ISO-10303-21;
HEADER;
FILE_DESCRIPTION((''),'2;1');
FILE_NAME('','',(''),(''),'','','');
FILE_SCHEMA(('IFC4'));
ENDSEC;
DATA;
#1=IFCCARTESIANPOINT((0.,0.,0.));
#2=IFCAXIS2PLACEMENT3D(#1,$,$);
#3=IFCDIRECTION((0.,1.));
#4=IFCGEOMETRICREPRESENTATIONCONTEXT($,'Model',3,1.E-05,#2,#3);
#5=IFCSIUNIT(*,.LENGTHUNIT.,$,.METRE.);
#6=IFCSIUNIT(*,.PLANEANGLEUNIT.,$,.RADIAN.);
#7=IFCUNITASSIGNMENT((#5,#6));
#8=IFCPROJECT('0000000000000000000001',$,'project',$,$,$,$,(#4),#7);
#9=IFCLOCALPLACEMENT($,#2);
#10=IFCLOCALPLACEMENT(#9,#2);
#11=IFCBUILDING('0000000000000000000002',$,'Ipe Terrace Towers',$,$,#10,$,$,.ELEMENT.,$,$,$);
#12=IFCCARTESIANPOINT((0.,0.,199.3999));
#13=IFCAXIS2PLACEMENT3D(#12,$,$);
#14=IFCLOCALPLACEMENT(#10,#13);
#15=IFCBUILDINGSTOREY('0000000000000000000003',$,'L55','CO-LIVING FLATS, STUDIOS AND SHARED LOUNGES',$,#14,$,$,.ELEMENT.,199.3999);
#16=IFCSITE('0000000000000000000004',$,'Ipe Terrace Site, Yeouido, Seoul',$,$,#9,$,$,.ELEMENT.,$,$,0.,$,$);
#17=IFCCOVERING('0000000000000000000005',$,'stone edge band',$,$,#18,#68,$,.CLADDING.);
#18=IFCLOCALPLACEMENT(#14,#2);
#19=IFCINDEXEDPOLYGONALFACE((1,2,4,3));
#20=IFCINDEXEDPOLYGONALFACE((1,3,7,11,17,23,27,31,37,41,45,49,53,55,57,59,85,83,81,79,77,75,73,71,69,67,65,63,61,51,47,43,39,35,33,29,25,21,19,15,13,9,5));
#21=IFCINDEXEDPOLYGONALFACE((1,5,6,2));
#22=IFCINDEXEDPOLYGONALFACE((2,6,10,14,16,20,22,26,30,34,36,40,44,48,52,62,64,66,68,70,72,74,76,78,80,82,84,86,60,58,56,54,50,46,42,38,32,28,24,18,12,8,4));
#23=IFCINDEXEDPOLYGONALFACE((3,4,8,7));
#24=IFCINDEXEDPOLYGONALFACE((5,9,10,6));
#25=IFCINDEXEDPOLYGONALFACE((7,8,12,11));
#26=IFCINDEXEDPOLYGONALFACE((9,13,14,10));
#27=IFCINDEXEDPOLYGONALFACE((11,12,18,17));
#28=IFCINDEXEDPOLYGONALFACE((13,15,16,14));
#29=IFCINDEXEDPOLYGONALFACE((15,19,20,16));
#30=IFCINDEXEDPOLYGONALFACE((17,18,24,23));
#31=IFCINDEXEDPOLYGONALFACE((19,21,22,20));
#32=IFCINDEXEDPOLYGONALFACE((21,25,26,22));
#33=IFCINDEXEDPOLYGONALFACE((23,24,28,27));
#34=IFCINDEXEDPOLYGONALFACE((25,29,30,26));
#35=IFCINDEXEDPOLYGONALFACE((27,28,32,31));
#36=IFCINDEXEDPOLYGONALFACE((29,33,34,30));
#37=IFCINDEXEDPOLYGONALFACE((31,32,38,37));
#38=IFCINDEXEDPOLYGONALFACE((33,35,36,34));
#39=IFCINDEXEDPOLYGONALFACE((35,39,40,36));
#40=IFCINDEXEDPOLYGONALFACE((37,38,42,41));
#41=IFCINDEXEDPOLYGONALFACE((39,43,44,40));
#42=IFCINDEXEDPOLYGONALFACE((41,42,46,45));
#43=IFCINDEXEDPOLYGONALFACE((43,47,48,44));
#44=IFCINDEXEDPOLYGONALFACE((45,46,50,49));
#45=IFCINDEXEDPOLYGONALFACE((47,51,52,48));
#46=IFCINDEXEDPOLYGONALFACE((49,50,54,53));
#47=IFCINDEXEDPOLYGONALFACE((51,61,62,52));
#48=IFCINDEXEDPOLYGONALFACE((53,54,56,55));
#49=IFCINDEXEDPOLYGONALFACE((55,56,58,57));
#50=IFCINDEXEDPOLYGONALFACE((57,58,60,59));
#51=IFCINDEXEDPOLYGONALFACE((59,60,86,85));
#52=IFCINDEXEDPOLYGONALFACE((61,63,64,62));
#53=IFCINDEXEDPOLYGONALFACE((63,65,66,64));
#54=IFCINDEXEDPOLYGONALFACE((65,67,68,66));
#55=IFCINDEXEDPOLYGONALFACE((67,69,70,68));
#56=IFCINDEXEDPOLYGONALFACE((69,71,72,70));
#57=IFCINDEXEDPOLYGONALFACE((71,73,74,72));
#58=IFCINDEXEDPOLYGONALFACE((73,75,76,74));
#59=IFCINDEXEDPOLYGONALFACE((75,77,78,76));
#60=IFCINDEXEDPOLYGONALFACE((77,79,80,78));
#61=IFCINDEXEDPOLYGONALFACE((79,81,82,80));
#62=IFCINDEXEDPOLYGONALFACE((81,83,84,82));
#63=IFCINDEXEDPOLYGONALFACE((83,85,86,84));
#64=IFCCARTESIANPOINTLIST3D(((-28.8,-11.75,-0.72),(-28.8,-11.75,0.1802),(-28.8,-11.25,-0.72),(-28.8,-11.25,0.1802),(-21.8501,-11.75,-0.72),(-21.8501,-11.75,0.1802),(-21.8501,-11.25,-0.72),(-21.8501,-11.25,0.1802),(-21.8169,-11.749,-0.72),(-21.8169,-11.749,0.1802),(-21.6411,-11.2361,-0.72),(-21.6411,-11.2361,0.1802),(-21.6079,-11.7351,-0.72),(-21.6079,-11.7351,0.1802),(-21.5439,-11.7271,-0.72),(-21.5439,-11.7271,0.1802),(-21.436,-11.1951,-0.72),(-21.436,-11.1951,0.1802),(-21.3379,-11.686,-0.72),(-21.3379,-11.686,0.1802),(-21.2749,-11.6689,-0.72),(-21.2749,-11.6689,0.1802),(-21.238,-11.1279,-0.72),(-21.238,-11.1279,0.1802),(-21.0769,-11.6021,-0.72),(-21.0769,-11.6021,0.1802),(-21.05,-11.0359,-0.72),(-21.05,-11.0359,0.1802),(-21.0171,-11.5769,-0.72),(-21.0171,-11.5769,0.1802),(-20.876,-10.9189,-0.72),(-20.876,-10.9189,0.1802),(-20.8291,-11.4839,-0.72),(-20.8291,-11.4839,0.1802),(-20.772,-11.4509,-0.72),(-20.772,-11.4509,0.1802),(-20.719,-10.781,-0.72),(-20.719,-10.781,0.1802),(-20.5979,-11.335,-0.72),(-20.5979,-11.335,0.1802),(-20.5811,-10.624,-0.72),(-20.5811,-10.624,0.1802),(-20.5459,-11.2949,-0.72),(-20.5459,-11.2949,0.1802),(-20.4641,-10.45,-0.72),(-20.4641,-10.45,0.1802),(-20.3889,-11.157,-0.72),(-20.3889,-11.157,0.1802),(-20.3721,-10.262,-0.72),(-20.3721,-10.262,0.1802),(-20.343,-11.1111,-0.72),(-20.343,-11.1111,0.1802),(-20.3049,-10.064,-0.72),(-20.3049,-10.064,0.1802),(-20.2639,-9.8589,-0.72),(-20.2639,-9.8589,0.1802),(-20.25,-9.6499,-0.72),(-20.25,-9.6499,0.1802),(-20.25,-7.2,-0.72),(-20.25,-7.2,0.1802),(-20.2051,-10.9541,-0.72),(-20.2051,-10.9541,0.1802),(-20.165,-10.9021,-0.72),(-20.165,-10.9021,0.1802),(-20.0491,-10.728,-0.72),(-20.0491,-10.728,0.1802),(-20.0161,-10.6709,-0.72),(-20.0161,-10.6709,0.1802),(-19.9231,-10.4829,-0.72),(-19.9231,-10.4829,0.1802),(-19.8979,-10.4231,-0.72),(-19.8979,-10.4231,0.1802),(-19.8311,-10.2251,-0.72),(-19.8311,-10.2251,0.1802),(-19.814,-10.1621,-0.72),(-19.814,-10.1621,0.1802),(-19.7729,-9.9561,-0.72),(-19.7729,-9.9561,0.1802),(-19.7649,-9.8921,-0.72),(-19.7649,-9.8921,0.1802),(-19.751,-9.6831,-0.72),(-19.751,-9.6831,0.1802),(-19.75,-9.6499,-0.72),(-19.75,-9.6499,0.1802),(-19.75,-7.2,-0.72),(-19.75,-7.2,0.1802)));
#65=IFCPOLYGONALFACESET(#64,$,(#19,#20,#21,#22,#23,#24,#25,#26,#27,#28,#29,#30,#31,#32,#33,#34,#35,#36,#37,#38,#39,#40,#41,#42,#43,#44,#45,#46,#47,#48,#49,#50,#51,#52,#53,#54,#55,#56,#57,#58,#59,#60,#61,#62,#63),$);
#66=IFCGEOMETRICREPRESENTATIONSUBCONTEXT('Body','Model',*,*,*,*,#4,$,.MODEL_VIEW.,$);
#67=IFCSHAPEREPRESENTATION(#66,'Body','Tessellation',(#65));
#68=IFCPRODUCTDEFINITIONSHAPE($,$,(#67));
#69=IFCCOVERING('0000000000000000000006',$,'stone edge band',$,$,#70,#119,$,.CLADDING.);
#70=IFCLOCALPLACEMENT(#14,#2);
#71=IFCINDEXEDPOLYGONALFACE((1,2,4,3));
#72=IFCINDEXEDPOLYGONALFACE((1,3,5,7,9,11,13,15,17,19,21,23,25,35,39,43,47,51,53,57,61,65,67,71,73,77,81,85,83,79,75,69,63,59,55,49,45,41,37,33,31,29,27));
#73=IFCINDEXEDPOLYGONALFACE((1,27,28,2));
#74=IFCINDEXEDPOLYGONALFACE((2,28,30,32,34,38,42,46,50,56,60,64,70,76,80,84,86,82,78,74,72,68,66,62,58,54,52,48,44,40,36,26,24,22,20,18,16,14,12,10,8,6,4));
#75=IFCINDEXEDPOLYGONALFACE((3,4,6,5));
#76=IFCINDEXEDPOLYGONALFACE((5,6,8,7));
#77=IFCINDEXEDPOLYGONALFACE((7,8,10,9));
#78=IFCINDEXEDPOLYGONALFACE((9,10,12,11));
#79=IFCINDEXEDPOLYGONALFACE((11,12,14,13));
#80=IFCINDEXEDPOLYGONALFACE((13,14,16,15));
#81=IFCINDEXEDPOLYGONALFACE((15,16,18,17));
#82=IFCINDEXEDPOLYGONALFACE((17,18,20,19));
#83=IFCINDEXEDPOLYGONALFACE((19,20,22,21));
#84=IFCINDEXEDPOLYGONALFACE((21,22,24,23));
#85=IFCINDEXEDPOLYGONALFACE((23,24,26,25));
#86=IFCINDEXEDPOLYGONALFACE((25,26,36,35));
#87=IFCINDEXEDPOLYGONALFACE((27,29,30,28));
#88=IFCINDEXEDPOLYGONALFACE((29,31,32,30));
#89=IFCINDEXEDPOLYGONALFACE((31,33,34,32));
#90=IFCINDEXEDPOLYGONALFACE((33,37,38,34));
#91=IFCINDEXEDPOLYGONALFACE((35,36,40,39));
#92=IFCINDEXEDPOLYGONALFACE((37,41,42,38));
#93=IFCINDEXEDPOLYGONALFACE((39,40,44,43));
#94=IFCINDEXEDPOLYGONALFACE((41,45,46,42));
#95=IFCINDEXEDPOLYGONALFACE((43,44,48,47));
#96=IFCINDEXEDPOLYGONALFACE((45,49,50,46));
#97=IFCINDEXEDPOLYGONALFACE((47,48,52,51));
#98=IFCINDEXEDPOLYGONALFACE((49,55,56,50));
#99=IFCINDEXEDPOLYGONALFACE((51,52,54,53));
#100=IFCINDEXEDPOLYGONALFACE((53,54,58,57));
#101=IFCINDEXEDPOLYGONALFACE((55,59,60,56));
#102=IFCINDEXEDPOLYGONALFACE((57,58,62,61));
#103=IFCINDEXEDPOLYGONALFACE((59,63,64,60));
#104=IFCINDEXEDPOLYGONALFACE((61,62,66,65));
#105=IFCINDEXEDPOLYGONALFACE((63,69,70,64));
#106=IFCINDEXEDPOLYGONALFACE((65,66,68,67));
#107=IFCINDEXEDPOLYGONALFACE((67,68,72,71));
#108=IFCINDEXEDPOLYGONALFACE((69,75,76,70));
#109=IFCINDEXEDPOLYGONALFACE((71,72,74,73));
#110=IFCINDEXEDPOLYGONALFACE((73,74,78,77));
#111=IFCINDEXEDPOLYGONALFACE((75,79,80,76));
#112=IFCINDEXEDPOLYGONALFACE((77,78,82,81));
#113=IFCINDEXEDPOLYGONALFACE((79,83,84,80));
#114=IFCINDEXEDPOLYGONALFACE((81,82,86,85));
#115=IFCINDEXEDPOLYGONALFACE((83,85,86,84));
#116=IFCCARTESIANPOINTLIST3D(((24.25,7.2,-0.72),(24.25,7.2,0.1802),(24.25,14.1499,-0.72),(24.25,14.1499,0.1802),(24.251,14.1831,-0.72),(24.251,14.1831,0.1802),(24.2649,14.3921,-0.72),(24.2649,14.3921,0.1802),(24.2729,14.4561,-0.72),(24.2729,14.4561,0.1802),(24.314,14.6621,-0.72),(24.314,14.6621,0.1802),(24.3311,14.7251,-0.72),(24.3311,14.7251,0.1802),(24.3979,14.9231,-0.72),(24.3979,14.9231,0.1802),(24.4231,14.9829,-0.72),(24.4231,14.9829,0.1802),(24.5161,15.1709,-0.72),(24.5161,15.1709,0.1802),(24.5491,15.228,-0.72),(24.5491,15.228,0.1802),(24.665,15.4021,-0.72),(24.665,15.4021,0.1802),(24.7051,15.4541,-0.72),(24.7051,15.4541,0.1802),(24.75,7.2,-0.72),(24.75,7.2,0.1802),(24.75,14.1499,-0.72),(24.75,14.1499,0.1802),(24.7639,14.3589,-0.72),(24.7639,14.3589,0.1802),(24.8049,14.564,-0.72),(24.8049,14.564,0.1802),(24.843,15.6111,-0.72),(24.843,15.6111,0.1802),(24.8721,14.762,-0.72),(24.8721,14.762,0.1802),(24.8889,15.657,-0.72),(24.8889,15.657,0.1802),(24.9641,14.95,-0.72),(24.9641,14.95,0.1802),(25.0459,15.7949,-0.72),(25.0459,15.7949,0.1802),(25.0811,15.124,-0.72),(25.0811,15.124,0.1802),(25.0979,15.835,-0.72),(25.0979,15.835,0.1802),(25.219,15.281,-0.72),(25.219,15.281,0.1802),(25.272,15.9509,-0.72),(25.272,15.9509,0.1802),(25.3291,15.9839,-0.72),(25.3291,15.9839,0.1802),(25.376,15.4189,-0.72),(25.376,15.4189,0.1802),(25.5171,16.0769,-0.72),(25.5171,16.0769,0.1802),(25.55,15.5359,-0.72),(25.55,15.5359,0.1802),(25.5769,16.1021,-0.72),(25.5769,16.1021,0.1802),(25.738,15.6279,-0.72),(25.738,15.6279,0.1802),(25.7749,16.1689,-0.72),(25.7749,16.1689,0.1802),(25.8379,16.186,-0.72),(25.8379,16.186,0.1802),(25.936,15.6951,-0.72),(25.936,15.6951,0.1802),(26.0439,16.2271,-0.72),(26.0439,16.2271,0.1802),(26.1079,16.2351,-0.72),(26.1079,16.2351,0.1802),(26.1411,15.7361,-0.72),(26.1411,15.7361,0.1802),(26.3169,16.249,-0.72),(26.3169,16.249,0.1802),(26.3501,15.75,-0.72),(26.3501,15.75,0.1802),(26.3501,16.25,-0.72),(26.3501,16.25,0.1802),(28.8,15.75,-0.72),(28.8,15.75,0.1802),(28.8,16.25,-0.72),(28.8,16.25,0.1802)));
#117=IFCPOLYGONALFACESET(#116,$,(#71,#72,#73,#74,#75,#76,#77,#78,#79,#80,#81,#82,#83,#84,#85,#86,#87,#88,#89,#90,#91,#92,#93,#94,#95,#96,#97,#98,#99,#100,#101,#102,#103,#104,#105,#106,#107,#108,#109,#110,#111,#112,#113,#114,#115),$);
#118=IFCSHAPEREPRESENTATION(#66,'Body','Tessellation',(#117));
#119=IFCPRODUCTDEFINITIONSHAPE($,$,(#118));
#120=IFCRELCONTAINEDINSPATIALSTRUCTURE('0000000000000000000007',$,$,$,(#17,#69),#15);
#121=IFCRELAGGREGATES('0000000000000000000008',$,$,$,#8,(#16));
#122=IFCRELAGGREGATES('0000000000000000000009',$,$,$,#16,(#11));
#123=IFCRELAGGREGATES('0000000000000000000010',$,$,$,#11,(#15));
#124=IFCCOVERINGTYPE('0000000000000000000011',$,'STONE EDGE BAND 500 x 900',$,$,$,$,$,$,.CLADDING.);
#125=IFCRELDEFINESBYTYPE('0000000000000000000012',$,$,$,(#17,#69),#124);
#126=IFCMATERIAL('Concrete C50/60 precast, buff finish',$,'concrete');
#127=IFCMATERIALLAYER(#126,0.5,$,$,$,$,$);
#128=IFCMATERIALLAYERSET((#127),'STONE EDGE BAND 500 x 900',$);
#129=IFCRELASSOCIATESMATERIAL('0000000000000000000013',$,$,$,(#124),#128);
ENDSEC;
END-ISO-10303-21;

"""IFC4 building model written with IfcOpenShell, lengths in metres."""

from ifc_helpers import new_model, si_unit, direction, frame, origin, place, context, subcontext, project, spatial, polyline, outline, extrude, material, layer, layer_set, type_object, element, save


model = new_model("IFC4")

# Units and contexts
model_context = context("Model", 3, precision=1e-05, world=origin(), true_north=direction((0.0, 1.0)))
body_context = subcontext(model_context, "Body", "Model", "MODEL_VIEW")
ifc_project = project(units=[si_unit("LENGTHUNIT", "METRE"), si_unit("PLANEANGLEUNIT", "RADIAN")], contexts=[model_context])

# Site, building, storey
site_placement = place(None, origin())
site = spatial("IfcSite", under=ifc_project, at=site_placement, Name="Ipe Terrace Site, Yeouido, Seoul", CompositionType="ELEMENT", RefElevation=0.0)
building_placement = place(site_placement, origin())
building = spatial("IfcBuilding", under=site, at=building_placement, Name="Ipe Terrace Towers", CompositionType="ELEMENT")
storey_placement = place(building_placement, frame((0.0, 0.0, 199.3999)))
storey = spatial("IfcBuildingStorey", under=building, at=storey_placement, Name="L55", Description="CO-LIVING FLATS, STUDIOS AND SHARED LOUNGES", CompositionType="ELEMENT", Elevation=199.3999)

# Coverings
ifc_material_1 = material(Name="Concrete C50/60 precast, buff finish", Category="concrete")
ifc_layer_1 = layer(ifc_material_1, 0.5)
ifc_layer_set_1 = layer_set([ifc_layer_1], Name="STONE EDGE BAND 500 x 900")
covering_type = type_object("IfcCoveringType", Name="STONE EDGE BAND 500 x 900", PredefinedType="CLADDING", material=ifc_layer_set_1)
covering_1_placement = place(storey_placement, frame((0.0, 0.0, -0.72)))
element("IfcCovering", 1, at=covering_1_placement, inside=storey, type_object=covering_type, Name="stone edge band", PredefinedType="CLADDING", context=body_context, shape_type="SweptSolid", body=[
    extrude(outline(polyline([(-21.8501, -11.75), (-21.8169, -11.749), (-21.6079, -11.7351), (-21.5439, -11.7271), (-21.3379, -11.686), (-21.2749, -11.6689), (-21.0769, -11.6021), (-21.0171, -11.5769), (-20.8291, -11.4839), (-20.772, -11.4509), (-20.5979, -11.335), (-20.5459, -11.2949), (-20.3889, -11.157), (-20.343, -11.1111), (-20.2051, -10.9541), (-20.165, -10.9021), (-20.0491, -10.728), (-20.0161, -10.6709), (-19.9231, -10.4829), (-19.8979, -10.4231), (-19.8311, -10.2251), (-19.814, -10.1621), (-19.7729, -9.9561), (-19.7649, -9.8921), (-19.751, -9.6831), (-19.75, -9.6499), (-19.75, -7.2), (-20.25, -7.2), (-20.25, -9.6499), (-20.2639, -9.8589), (-20.3049, -10.064), (-20.3721, -10.262), (-20.4641, -10.45), (-20.5811, -10.624), (-20.719, -10.781), (-20.876, -10.9189), (-21.05, -11.0359), (-21.238, -11.1279), (-21.436, -11.1951), (-21.6411, -11.2361), (-21.8501, -11.25), (-28.8, -11.25), (-28.8, -11.75), (-21.8501, -11.75)])), origin(), (0.0, 0.0, 1.0), 0.9001),
])
covering_2_placement = place(storey_placement, frame((0.0, 0.0, -0.72)))
element("IfcCovering", 2, at=covering_2_placement, inside=storey, type_object=covering_type, Name="stone edge band", PredefinedType="CLADDING", context=body_context, shape_type="SweptSolid", body=[
    extrude(outline(polyline([(24.25, 14.1499), (24.25, 7.2), (24.75, 7.2), (24.75, 14.1499), (24.7639, 14.3589), (24.8049, 14.564), (24.8721, 14.762), (24.9641, 14.95), (25.0811, 15.124), (25.219, 15.281), (25.376, 15.4189), (25.55, 15.5359), (25.738, 15.6279), (25.936, 15.6951), (26.1411, 15.7361), (26.3501, 15.75), (28.8, 15.75), (28.8, 16.25), (26.3501, 16.25), (26.3169, 16.249), (26.1079, 16.2351), (26.0439, 16.2271), (25.8379, 16.186), (25.7749, 16.1689), (25.5769, 16.1021), (25.5171, 16.0769), (25.3291, 15.9839), (25.272, 15.9509), (25.0979, 15.835), (25.0459, 15.7949), (24.8889, 15.657), (24.843, 15.6111), (24.7051, 15.4541), (24.665, 15.4021), (24.5491, 15.228), (24.5161, 15.1709), (24.4231, 14.9829), (24.3979, 14.9231), (24.3311, 14.7251), (24.314, 14.6621), (24.2729, 14.4561), (24.2649, 14.3921), (24.251, 14.1831), (24.25, 14.1499)])), origin(), (0.0, 0.0, 1.0), 0.9001),
])

save(model, "model.ifc")
